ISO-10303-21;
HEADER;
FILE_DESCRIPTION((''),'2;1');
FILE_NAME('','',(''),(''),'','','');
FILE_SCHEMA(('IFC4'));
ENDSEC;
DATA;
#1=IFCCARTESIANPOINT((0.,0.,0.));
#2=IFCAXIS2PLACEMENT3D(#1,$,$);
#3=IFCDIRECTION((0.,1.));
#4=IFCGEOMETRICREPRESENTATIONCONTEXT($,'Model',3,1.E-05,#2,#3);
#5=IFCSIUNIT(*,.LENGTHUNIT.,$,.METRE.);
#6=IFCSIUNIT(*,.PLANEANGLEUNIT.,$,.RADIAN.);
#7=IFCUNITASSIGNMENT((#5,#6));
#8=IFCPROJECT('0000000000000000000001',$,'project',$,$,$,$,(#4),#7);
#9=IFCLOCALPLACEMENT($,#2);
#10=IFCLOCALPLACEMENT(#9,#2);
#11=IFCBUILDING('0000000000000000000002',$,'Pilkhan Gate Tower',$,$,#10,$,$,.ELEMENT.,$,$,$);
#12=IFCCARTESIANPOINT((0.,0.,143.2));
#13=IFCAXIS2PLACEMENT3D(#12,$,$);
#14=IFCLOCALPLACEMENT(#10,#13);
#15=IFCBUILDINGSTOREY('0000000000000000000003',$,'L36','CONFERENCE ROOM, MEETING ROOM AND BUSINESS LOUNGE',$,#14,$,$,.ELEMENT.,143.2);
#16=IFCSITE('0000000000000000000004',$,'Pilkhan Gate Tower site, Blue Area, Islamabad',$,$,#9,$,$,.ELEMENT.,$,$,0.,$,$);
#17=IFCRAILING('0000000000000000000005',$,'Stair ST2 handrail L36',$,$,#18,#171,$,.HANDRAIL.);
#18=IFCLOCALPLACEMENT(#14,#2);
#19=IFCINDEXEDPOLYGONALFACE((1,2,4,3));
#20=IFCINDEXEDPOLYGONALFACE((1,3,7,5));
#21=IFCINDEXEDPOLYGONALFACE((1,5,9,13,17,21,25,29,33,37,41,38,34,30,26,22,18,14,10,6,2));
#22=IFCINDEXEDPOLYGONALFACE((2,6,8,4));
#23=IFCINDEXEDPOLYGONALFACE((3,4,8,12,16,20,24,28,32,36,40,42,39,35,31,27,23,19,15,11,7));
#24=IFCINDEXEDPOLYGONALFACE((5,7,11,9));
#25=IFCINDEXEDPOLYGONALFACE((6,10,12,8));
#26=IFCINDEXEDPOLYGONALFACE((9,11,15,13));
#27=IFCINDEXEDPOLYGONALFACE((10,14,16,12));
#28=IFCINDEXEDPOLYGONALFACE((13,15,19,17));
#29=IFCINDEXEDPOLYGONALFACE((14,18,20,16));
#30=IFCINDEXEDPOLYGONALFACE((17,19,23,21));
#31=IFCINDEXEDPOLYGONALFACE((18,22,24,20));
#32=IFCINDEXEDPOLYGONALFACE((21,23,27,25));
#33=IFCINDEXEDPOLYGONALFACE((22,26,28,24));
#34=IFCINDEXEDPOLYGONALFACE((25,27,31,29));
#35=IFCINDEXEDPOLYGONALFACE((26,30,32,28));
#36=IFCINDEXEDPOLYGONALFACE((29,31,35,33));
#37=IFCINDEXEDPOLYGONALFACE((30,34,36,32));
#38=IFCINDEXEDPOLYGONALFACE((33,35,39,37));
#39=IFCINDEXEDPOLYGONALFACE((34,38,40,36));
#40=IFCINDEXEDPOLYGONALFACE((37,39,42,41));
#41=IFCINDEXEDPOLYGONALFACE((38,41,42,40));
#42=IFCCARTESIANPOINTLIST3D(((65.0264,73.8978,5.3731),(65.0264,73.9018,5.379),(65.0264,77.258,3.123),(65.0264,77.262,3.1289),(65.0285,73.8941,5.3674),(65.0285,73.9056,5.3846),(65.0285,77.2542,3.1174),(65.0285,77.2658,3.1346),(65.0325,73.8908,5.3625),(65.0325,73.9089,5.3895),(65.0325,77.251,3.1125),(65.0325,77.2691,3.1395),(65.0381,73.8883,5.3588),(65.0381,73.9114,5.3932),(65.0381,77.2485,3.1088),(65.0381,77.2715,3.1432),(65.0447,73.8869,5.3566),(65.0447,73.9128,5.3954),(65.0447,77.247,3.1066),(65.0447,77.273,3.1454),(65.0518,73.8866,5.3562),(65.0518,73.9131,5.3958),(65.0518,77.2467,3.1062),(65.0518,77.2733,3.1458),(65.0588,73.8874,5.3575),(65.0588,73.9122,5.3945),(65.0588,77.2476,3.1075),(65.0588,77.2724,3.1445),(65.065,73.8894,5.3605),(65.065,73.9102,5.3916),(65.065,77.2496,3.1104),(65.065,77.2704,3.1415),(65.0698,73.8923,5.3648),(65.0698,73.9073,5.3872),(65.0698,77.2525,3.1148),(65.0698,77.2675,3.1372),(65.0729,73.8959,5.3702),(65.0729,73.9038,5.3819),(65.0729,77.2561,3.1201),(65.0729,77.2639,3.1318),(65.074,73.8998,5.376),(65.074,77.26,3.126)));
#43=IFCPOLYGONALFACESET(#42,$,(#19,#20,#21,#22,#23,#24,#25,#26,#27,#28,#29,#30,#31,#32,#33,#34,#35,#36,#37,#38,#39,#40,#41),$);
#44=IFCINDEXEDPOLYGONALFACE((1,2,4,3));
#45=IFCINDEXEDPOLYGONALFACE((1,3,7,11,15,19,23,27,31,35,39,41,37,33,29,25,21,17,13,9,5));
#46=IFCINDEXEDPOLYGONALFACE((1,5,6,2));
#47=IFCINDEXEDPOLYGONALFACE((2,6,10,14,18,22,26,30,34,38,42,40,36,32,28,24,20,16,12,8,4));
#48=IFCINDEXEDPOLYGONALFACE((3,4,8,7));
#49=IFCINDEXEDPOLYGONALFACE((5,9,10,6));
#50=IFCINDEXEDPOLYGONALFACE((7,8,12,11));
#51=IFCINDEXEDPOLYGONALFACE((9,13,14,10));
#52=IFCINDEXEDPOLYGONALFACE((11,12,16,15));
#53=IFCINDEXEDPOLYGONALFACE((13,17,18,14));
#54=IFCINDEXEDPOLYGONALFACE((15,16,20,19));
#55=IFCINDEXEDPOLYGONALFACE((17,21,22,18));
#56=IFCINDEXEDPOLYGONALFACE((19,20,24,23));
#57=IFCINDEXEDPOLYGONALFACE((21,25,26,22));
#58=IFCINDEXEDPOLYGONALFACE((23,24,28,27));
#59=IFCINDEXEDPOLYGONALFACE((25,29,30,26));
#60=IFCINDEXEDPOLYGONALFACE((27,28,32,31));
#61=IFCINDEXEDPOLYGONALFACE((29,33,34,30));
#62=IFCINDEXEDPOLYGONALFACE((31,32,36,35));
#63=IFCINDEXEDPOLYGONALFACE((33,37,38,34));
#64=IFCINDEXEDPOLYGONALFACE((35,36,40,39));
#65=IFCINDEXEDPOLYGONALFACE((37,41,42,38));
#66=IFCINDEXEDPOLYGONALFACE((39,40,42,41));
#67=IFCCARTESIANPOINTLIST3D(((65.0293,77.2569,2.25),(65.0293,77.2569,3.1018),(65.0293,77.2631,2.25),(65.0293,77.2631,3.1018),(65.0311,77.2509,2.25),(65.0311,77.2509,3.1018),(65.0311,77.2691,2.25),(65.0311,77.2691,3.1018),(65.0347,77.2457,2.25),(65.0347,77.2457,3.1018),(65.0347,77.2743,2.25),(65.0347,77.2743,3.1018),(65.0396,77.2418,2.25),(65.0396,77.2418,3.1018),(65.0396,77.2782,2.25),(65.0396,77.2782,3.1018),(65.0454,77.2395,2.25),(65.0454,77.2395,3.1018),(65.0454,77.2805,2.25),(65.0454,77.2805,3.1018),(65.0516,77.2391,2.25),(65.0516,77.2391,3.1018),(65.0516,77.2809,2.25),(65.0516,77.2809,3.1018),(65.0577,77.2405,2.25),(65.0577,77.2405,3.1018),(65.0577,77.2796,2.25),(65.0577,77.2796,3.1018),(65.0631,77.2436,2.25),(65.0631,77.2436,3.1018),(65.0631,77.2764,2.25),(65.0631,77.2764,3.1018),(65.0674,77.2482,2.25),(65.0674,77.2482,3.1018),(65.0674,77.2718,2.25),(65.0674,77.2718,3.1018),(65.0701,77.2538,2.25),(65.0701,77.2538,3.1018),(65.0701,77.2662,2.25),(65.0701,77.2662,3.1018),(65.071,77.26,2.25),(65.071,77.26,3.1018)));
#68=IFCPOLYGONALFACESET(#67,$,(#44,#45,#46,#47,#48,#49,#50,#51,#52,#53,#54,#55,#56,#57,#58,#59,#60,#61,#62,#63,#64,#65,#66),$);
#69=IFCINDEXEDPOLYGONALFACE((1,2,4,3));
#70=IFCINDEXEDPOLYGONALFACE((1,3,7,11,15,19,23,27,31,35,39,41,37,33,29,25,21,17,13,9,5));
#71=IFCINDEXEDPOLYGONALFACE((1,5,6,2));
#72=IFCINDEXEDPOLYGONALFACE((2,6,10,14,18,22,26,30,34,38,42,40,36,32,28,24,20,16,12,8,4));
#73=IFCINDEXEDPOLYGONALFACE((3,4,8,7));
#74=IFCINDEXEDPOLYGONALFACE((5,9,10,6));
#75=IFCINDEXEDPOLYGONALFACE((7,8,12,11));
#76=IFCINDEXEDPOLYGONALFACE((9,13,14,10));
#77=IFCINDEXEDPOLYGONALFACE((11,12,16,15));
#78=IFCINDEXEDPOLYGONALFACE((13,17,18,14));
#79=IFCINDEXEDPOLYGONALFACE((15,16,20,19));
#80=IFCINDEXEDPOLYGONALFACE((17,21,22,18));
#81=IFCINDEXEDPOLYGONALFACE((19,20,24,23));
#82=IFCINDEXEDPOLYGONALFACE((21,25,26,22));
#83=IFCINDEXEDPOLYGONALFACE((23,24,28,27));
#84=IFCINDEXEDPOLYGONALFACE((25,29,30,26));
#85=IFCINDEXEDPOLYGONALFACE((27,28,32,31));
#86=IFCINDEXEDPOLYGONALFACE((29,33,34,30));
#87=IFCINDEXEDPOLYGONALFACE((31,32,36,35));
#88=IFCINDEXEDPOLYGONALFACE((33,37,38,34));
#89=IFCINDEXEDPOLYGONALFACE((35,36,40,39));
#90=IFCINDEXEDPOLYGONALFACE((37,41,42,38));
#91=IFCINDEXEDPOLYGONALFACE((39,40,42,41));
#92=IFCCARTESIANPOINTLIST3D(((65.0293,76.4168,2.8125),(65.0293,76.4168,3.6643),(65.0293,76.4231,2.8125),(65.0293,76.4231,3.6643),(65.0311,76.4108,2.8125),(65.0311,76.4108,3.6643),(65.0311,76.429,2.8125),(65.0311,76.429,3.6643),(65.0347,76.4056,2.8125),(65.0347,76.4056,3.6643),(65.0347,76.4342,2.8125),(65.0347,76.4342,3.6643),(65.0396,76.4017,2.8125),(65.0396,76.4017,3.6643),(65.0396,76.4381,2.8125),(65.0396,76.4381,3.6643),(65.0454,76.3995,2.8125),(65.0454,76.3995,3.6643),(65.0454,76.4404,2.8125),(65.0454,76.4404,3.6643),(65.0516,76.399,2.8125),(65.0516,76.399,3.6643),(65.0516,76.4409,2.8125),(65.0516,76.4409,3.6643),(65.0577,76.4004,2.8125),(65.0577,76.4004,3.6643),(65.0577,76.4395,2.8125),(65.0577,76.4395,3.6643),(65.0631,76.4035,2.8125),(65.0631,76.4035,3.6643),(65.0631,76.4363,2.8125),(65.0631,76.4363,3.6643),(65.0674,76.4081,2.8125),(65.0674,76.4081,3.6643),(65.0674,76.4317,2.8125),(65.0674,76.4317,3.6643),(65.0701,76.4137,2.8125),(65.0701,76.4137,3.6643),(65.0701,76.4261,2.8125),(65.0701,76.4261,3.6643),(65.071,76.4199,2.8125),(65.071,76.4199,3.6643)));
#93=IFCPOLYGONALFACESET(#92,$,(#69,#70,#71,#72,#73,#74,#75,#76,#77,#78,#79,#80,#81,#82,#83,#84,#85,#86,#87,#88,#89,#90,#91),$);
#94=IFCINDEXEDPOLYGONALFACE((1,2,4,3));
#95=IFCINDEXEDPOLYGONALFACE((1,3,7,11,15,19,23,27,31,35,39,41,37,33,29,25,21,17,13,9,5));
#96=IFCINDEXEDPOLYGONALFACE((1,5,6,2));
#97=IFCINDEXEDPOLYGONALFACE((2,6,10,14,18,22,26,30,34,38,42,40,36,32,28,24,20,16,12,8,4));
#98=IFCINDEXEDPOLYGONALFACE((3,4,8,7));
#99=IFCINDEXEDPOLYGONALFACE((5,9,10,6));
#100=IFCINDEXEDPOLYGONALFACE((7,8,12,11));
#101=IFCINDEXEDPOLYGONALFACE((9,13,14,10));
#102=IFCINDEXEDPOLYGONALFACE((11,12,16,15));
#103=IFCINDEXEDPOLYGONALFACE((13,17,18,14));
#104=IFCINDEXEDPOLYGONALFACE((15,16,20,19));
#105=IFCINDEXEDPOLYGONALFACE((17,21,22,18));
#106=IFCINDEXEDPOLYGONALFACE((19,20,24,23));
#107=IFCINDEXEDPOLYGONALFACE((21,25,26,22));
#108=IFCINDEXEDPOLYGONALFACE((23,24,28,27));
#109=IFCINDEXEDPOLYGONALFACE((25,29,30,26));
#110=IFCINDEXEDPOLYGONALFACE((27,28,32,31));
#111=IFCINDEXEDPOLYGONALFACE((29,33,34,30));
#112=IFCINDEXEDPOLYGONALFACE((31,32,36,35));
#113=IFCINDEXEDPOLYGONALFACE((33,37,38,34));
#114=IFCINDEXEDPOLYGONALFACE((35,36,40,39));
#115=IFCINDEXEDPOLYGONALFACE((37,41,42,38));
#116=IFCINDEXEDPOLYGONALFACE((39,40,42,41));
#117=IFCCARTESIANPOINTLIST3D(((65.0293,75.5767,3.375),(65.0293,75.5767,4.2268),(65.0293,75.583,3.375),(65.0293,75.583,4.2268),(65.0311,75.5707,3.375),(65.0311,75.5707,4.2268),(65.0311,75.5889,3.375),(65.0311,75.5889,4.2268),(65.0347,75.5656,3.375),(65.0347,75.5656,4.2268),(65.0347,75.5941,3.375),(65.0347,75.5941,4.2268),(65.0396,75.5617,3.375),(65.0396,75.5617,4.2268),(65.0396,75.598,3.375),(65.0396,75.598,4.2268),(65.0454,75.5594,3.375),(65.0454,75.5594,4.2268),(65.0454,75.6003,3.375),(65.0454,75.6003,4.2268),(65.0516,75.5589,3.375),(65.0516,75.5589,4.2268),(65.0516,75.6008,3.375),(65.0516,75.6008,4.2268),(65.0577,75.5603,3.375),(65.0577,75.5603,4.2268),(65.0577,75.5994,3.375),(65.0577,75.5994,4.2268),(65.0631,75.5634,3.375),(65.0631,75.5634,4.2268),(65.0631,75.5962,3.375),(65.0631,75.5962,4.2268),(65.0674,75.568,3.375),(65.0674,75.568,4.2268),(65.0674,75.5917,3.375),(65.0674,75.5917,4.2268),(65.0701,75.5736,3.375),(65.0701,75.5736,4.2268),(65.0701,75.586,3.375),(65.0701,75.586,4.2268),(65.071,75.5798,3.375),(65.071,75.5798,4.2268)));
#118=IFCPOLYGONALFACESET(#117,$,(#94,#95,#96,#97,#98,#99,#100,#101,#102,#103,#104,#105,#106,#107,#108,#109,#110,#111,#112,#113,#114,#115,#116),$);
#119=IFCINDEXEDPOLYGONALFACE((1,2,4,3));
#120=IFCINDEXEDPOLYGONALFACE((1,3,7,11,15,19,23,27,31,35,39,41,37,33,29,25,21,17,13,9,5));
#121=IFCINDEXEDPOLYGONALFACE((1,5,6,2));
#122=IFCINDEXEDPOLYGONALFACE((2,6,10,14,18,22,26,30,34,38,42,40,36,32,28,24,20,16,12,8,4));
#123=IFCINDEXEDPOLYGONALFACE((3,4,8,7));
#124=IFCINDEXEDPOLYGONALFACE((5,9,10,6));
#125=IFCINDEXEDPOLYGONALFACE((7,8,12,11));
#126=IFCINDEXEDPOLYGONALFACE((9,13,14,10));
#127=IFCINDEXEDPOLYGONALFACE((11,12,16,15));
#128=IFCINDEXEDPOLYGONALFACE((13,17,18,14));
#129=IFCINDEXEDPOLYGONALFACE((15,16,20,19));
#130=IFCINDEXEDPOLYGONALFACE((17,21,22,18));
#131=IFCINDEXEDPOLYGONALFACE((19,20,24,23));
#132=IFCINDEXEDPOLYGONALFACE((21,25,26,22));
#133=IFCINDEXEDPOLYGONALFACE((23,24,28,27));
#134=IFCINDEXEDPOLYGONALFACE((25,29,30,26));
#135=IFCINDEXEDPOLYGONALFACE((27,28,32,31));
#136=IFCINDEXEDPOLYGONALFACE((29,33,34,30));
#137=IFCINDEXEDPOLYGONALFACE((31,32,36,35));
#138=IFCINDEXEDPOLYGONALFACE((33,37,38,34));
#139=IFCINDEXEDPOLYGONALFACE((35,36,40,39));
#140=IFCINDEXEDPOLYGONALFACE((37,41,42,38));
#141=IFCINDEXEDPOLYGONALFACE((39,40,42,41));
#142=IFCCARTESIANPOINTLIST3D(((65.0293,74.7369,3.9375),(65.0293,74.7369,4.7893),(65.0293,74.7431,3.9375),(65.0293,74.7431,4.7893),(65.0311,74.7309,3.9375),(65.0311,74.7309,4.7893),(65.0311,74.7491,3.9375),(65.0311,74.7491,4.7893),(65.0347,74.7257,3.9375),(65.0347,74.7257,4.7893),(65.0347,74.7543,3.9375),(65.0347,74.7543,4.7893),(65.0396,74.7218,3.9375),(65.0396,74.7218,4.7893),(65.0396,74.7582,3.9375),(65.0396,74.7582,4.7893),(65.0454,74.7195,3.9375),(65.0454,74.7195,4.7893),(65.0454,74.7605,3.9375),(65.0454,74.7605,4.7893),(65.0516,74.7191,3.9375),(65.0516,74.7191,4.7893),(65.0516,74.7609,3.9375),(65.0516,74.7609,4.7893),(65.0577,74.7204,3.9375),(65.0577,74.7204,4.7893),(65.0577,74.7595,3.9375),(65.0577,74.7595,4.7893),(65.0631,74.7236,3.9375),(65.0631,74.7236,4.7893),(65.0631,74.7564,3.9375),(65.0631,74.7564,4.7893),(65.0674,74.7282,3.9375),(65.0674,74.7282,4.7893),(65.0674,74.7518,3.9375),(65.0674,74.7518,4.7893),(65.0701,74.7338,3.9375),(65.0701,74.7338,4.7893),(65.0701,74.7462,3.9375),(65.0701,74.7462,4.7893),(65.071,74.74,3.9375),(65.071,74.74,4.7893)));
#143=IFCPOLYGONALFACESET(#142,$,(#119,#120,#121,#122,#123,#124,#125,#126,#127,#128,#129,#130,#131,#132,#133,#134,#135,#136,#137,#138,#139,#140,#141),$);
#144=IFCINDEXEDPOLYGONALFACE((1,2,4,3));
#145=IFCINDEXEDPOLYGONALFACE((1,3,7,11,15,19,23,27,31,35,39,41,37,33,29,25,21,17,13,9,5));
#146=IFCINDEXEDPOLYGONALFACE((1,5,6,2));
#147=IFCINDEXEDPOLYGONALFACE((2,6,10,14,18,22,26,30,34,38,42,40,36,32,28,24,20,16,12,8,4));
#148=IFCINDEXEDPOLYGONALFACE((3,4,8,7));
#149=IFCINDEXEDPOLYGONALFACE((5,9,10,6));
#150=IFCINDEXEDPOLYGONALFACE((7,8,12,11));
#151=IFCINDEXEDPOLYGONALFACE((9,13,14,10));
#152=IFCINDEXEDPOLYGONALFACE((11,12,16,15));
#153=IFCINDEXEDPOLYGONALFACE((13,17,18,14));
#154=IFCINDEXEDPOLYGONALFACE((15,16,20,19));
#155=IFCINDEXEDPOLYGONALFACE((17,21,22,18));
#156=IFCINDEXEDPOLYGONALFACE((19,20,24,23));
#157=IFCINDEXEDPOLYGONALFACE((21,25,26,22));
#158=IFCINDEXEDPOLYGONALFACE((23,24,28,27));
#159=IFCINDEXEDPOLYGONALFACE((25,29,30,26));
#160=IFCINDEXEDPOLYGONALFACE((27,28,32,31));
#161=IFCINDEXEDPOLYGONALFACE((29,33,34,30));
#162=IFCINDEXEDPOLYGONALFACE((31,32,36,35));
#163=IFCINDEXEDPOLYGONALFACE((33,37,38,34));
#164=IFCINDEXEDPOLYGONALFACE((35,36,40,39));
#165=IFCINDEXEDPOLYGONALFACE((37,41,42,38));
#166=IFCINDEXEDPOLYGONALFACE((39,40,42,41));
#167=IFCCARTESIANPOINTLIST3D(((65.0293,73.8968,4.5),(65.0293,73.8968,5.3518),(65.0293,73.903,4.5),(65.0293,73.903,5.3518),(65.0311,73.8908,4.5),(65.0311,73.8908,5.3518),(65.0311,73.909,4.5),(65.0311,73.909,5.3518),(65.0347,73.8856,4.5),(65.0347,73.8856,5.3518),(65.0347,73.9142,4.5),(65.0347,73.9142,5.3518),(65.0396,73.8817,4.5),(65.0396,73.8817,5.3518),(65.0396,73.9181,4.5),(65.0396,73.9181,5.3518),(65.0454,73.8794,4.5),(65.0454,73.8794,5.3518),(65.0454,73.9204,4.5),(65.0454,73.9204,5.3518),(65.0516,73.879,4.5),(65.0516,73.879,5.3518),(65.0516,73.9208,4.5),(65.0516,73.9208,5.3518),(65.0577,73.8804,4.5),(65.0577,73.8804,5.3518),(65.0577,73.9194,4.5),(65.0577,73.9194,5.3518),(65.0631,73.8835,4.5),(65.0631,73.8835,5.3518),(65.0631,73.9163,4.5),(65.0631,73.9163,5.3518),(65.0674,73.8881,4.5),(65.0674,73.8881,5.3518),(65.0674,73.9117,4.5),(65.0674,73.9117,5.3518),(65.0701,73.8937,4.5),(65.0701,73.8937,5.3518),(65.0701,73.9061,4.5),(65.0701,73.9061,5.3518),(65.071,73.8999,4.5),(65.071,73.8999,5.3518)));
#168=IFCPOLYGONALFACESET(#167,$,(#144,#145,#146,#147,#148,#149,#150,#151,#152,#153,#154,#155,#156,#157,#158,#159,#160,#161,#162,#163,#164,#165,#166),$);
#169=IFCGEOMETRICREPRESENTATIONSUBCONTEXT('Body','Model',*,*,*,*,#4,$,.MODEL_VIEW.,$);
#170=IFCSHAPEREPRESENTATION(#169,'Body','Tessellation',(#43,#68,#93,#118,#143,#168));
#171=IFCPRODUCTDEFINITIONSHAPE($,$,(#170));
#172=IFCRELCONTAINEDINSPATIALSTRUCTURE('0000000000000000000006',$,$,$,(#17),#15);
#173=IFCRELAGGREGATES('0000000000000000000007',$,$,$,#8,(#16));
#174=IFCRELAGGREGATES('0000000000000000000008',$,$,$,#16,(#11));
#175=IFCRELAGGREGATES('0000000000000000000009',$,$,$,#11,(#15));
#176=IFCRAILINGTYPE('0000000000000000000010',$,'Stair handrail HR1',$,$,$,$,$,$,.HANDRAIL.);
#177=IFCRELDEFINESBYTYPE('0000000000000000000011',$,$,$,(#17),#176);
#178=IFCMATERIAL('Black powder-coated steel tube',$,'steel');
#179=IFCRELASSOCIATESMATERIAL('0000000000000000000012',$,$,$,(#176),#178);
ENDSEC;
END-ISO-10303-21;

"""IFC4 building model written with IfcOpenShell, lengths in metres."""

from ifc_helpers import new_model, si_unit, direction, frame, origin, origin_2d, place, context, subcontext, project, spatial, circle, extrude, material, type_object, element, save


model = new_model("IFC4")

# Units and contexts
model_context = context("Model", 3, precision=1e-05, world=origin(), true_north=direction((0.0, 1.0)))
body_context = subcontext(model_context, "Body", "Model", "MODEL_VIEW")
ifc_project = project(units=[si_unit("LENGTHUNIT", "METRE"), si_unit("PLANEANGLEUNIT", "RADIAN")], contexts=[model_context])

# Site, building, storey
site_placement = place(None, origin())
site = spatial("IfcSite", under=ifc_project, at=site_placement, Name="Pilkhan Gate Tower site, Blue Area, Islamabad", CompositionType="ELEMENT", RefElevation=0.0)
building_placement = place(site_placement, origin())
building = spatial("IfcBuilding", under=site, at=building_placement, Name="Pilkhan Gate Tower", CompositionType="ELEMENT")
storey_placement = place(building_placement, frame((0.0, 0.0, 143.2)))
storey = spatial("IfcBuildingStorey", under=building, at=storey_placement, Name="L36", Description="CONFERENCE ROOM, MEETING ROOM AND BUSINESS LOUNGE", CompositionType="ELEMENT", Elevation=143.2)

# Railing
ifc_material_1 = material(Name="Black powder-coated steel tube", Category="steel")
railing_type_1 = type_object("IfcRailingType", Name="Stair handrail HR1", PredefinedType="HANDRAIL", material=ifc_material_1)
railing_1_placement = place(storey_placement, frame((65.05, 77.26, 2.25)))
element("IfcRailing", 1, at=railing_1_placement, inside=storey, type_object=railing_type_1, Name="Stair ST2 handrail L36", PredefinedType="HANDRAIL", context=body_context, shape_type="SweptSolid", body=[
    extrude(circle(Radius=0.0239, at=origin_2d()), frame((0.0, 0.0, 0.876), z_axis=(0.0, -0.830915, 0.556399), x_axis=(1.0, 0.0, 0.0)), (0.0, 0.0, 1.0), 4.0439),
    extrude(circle(Radius=0.021, at=origin_2d()), origin(), (0.0, 0.0, 1.0), 0.8518),
    extrude(circle(Radius=0.021, at=origin_2d()), frame((0.0, -0.8401, 0.5625)), (0.0, 0.0, 1.0), 0.8518),
    extrude(circle(Radius=0.021, at=origin_2d()), frame((0.0, -1.6802, 1.125)), (0.0, 0.0, 1.0), 0.8518),
    extrude(circle(Radius=0.021, at=origin_2d()), frame((0.0, -2.52, 1.6875)), (0.0, 0.0, 1.0), 0.8518),
    extrude(circle(Radius=0.021, at=origin_2d()), frame((0.0, -3.3601, 2.25)), (0.0, 0.0, 1.0), 0.8518),
])

save(model, "model.ifc")
